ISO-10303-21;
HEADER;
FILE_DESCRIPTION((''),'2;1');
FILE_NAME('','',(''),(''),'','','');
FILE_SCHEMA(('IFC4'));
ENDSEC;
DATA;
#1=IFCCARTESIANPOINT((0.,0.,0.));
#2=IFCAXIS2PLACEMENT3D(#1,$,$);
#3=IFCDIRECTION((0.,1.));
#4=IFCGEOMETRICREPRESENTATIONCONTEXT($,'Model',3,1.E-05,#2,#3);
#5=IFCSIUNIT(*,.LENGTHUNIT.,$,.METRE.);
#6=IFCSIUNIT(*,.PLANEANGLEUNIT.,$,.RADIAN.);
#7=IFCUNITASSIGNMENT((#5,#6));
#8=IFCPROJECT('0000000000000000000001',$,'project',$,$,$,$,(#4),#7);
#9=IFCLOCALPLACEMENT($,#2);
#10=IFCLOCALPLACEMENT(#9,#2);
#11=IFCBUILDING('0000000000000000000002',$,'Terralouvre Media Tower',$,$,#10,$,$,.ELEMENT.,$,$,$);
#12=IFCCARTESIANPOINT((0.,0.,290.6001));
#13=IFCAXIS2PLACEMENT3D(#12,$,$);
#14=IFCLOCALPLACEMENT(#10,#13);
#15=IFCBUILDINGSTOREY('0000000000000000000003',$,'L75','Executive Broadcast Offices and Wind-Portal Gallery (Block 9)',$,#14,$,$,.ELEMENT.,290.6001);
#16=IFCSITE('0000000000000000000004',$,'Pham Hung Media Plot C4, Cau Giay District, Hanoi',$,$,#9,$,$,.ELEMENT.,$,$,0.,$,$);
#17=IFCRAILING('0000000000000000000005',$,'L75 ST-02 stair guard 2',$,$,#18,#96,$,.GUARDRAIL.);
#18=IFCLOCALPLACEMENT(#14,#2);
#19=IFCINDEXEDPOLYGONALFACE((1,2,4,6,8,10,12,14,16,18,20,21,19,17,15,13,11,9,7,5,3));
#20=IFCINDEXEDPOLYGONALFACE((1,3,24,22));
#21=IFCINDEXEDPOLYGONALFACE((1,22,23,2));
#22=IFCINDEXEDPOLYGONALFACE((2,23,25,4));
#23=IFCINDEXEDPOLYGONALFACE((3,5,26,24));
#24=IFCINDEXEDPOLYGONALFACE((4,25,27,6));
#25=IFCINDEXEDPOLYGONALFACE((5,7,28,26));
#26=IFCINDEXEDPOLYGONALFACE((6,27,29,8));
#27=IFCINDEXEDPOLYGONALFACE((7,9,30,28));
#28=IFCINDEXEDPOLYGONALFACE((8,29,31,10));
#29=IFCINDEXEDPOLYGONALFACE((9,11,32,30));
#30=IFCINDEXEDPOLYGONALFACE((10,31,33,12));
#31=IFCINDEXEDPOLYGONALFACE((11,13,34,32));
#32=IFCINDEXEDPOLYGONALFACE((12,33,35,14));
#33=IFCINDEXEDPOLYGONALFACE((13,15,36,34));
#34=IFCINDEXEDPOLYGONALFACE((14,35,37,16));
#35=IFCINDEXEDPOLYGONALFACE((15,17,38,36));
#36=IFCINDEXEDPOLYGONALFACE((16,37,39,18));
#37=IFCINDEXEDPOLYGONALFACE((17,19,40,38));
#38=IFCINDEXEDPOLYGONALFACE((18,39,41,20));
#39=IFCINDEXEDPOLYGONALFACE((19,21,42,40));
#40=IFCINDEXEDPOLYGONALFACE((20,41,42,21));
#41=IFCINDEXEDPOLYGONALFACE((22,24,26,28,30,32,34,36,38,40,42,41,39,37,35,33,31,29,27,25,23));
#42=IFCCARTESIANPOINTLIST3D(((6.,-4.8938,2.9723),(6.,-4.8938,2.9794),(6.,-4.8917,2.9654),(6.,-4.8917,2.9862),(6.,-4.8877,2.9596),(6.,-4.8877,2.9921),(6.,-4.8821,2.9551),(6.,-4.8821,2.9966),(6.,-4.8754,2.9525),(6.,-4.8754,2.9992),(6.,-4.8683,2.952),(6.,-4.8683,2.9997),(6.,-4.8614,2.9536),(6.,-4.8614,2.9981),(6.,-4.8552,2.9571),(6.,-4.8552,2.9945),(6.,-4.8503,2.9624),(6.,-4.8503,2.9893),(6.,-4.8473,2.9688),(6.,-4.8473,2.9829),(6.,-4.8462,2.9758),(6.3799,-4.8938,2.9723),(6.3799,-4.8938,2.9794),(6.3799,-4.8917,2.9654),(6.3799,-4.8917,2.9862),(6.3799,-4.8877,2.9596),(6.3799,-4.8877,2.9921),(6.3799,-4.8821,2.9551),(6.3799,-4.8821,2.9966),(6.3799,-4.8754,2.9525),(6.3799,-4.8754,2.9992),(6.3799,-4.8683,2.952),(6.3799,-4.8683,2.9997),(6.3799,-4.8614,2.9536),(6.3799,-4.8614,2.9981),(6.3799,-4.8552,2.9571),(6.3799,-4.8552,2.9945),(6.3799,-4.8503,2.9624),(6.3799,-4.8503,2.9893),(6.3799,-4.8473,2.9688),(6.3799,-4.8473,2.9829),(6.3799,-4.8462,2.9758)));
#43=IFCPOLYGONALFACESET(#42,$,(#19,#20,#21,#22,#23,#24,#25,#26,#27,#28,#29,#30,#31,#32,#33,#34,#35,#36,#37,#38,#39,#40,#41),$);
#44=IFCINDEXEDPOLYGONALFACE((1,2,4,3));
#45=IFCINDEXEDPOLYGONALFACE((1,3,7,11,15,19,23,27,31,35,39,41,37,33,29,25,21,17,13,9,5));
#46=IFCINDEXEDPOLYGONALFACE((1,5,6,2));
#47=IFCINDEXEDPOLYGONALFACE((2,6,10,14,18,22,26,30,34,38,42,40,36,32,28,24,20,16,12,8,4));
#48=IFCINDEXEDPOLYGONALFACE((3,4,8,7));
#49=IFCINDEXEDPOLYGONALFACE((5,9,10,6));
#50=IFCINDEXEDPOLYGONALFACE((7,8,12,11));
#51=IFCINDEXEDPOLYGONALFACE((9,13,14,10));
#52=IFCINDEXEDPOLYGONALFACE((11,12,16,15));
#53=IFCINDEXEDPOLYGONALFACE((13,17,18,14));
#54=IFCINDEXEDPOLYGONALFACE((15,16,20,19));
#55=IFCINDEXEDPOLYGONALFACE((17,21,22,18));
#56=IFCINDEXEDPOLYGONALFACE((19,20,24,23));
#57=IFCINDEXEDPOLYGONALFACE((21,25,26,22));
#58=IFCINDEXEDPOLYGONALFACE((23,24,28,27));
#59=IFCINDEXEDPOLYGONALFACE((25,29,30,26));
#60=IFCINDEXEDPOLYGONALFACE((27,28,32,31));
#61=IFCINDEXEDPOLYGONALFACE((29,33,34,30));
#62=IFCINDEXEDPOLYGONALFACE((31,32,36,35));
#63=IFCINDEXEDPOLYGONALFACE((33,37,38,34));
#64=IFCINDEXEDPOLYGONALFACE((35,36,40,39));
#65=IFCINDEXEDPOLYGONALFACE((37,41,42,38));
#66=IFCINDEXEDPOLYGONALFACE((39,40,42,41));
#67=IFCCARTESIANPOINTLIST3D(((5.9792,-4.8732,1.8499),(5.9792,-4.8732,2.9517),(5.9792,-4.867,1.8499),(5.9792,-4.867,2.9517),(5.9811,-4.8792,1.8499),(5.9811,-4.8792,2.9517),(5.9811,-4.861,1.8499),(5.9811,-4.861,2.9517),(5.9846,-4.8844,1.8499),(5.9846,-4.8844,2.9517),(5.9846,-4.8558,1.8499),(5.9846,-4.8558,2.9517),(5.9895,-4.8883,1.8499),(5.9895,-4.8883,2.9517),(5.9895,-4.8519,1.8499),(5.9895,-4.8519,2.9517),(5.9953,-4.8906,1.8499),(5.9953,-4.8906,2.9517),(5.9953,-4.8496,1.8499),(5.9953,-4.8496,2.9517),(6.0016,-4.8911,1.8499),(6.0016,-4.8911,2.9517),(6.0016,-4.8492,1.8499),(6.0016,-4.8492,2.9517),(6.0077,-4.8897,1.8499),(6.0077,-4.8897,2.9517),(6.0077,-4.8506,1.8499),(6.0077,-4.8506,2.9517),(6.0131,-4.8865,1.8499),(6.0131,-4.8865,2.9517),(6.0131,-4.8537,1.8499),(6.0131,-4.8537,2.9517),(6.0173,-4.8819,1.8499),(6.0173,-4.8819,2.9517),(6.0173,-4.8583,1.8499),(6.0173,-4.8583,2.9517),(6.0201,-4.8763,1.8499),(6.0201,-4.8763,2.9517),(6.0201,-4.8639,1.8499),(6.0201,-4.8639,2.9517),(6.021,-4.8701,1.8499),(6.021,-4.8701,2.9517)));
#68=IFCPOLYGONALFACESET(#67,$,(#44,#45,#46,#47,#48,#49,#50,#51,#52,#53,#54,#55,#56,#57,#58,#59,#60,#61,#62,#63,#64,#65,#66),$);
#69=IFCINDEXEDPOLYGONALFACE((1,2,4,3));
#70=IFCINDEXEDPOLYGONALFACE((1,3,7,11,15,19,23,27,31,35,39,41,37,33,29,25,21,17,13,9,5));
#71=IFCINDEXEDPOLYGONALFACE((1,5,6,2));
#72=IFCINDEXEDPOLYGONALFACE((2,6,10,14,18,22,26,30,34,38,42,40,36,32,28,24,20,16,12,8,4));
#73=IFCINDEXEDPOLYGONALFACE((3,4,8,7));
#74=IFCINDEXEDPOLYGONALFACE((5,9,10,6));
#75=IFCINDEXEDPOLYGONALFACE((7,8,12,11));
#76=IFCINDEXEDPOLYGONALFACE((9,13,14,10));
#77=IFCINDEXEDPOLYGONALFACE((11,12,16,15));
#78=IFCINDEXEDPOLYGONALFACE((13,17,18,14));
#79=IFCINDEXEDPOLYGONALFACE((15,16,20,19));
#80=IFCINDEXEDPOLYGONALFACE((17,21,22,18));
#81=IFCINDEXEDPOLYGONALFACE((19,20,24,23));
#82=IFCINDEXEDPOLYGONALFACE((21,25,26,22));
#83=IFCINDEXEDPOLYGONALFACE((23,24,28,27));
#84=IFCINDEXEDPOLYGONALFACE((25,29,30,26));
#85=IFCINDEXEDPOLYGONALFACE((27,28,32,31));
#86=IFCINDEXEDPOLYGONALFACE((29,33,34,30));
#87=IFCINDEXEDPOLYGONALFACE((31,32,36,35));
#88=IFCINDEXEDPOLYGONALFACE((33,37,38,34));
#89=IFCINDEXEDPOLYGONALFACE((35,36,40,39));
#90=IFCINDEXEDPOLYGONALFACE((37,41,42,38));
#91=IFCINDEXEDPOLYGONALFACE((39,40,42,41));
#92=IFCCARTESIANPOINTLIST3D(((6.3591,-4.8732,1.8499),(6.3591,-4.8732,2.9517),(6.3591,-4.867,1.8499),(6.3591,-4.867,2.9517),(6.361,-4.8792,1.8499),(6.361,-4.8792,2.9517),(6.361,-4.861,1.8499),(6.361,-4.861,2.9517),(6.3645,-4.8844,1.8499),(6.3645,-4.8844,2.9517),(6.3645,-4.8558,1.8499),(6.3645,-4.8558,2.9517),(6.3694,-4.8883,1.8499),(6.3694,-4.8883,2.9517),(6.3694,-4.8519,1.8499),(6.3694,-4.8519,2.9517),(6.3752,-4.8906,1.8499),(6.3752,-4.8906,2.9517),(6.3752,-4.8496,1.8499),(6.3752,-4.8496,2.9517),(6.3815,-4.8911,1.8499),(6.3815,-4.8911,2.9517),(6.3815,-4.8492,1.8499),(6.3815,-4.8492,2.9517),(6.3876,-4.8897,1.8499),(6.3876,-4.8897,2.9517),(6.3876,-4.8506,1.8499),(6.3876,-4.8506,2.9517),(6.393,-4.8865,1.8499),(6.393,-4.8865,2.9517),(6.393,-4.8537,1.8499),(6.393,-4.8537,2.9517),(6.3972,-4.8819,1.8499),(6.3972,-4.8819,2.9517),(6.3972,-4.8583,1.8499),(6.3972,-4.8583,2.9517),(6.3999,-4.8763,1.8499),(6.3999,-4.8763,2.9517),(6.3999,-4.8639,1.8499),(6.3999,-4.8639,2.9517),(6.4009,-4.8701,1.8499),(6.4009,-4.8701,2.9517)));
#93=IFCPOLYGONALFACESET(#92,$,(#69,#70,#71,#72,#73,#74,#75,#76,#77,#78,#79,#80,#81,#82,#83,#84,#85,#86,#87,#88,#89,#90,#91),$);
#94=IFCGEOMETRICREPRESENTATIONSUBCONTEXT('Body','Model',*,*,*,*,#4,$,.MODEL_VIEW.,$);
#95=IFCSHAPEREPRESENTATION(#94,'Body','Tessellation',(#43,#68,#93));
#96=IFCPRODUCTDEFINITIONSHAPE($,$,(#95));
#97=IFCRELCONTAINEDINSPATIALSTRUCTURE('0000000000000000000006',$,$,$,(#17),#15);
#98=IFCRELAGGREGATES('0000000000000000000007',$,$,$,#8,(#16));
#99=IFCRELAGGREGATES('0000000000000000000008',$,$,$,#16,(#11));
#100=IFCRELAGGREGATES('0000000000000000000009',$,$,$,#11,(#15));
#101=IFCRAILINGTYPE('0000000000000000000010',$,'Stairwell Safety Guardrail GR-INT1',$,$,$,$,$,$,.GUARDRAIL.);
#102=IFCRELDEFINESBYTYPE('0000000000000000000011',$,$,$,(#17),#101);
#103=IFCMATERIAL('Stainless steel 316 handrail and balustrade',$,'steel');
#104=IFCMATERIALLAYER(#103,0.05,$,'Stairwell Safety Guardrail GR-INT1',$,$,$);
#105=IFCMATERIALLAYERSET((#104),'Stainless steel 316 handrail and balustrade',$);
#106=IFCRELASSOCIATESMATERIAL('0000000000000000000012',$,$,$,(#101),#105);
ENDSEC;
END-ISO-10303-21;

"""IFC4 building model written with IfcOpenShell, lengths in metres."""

from ifc_helpers import new_model, si_unit, direction, frame, origin, origin_2d, place, context, subcontext, project, spatial, circle, extrude, material, layer, layer_set, type_object, element, save


model = new_model("IFC4")

# Units and contexts
model_context = context("Model", 3, precision=1e-05, world=origin(), true_north=direction((0.0, 1.0)))
body_context = subcontext(model_context, "Body", "Model", "MODEL_VIEW")
ifc_project = project(units=[si_unit("LENGTHUNIT", "METRE"), si_unit("PLANEANGLEUNIT", "RADIAN")], contexts=[model_context])

# Site, building, storey
site_placement = place(None, origin())
site = spatial("IfcSite", under=ifc_project, at=site_placement, Name="Pham Hung Media Plot C4, Cau Giay District, Hanoi", CompositionType="ELEMENT", RefElevation=0.0)
building_placement = place(site_placement, origin())
building = spatial("IfcBuilding", under=site, at=building_placement, Name="Terralouvre Media Tower", CompositionType="ELEMENT")
storey_placement = place(building_placement, frame((0.0, 0.0, 290.6001)))
storey = spatial("IfcBuildingStorey", under=building, at=storey_placement, Name="L75", Description="Executive Broadcast Offices and Wind-Portal Gallery (Block 9)", CompositionType="ELEMENT", Elevation=290.6001)

# Railing
ifc_material_1 = material(Name="Stainless steel 316 handrail and balustrade", Category="steel")
ifc_layer_1 = layer(ifc_material_1, 0.05, Name="Stairwell Safety Guardrail GR-INT1")
ifc_layer_set_1 = layer_set([ifc_layer_1], Name="Stainless steel 316 handrail and balustrade")
railing_type_1 = type_object("IfcRailingType", Name="Stairwell Safety Guardrail GR-INT1", PredefinedType="GUARDRAIL", material=ifc_layer_set_1)
railing_1_placement = place(storey_placement, frame((6.0, -4.8701, 1.8499)))
element("IfcRailing", 1, at=railing_1_placement, inside=storey, type_object=railing_type_1, Name="L75 ST-02 stair guard 2", PredefinedType="GUARDRAIL", context=body_context, shape_type="SweptSolid", body=[
    extrude(circle(Radius=0.0239, at=origin_2d()), frame((0.0, 0.0, 1.126), z_axis=(1.0, 0.0, 0.0), x_axis=(0.0, 1.0, 0.0)), (0.0, 0.0, 1.0), 0.3799),
    extrude(circle(Radius=0.021, at=origin_2d()), origin(), (0.0, 0.0, 1.0), 1.1018),
    extrude(circle(Radius=0.021, at=origin_2d()), frame((0.3799, 0.0, 0.0)), (0.0, 0.0, 1.0), 1.1018),
])

save(model, "model.ifc")
